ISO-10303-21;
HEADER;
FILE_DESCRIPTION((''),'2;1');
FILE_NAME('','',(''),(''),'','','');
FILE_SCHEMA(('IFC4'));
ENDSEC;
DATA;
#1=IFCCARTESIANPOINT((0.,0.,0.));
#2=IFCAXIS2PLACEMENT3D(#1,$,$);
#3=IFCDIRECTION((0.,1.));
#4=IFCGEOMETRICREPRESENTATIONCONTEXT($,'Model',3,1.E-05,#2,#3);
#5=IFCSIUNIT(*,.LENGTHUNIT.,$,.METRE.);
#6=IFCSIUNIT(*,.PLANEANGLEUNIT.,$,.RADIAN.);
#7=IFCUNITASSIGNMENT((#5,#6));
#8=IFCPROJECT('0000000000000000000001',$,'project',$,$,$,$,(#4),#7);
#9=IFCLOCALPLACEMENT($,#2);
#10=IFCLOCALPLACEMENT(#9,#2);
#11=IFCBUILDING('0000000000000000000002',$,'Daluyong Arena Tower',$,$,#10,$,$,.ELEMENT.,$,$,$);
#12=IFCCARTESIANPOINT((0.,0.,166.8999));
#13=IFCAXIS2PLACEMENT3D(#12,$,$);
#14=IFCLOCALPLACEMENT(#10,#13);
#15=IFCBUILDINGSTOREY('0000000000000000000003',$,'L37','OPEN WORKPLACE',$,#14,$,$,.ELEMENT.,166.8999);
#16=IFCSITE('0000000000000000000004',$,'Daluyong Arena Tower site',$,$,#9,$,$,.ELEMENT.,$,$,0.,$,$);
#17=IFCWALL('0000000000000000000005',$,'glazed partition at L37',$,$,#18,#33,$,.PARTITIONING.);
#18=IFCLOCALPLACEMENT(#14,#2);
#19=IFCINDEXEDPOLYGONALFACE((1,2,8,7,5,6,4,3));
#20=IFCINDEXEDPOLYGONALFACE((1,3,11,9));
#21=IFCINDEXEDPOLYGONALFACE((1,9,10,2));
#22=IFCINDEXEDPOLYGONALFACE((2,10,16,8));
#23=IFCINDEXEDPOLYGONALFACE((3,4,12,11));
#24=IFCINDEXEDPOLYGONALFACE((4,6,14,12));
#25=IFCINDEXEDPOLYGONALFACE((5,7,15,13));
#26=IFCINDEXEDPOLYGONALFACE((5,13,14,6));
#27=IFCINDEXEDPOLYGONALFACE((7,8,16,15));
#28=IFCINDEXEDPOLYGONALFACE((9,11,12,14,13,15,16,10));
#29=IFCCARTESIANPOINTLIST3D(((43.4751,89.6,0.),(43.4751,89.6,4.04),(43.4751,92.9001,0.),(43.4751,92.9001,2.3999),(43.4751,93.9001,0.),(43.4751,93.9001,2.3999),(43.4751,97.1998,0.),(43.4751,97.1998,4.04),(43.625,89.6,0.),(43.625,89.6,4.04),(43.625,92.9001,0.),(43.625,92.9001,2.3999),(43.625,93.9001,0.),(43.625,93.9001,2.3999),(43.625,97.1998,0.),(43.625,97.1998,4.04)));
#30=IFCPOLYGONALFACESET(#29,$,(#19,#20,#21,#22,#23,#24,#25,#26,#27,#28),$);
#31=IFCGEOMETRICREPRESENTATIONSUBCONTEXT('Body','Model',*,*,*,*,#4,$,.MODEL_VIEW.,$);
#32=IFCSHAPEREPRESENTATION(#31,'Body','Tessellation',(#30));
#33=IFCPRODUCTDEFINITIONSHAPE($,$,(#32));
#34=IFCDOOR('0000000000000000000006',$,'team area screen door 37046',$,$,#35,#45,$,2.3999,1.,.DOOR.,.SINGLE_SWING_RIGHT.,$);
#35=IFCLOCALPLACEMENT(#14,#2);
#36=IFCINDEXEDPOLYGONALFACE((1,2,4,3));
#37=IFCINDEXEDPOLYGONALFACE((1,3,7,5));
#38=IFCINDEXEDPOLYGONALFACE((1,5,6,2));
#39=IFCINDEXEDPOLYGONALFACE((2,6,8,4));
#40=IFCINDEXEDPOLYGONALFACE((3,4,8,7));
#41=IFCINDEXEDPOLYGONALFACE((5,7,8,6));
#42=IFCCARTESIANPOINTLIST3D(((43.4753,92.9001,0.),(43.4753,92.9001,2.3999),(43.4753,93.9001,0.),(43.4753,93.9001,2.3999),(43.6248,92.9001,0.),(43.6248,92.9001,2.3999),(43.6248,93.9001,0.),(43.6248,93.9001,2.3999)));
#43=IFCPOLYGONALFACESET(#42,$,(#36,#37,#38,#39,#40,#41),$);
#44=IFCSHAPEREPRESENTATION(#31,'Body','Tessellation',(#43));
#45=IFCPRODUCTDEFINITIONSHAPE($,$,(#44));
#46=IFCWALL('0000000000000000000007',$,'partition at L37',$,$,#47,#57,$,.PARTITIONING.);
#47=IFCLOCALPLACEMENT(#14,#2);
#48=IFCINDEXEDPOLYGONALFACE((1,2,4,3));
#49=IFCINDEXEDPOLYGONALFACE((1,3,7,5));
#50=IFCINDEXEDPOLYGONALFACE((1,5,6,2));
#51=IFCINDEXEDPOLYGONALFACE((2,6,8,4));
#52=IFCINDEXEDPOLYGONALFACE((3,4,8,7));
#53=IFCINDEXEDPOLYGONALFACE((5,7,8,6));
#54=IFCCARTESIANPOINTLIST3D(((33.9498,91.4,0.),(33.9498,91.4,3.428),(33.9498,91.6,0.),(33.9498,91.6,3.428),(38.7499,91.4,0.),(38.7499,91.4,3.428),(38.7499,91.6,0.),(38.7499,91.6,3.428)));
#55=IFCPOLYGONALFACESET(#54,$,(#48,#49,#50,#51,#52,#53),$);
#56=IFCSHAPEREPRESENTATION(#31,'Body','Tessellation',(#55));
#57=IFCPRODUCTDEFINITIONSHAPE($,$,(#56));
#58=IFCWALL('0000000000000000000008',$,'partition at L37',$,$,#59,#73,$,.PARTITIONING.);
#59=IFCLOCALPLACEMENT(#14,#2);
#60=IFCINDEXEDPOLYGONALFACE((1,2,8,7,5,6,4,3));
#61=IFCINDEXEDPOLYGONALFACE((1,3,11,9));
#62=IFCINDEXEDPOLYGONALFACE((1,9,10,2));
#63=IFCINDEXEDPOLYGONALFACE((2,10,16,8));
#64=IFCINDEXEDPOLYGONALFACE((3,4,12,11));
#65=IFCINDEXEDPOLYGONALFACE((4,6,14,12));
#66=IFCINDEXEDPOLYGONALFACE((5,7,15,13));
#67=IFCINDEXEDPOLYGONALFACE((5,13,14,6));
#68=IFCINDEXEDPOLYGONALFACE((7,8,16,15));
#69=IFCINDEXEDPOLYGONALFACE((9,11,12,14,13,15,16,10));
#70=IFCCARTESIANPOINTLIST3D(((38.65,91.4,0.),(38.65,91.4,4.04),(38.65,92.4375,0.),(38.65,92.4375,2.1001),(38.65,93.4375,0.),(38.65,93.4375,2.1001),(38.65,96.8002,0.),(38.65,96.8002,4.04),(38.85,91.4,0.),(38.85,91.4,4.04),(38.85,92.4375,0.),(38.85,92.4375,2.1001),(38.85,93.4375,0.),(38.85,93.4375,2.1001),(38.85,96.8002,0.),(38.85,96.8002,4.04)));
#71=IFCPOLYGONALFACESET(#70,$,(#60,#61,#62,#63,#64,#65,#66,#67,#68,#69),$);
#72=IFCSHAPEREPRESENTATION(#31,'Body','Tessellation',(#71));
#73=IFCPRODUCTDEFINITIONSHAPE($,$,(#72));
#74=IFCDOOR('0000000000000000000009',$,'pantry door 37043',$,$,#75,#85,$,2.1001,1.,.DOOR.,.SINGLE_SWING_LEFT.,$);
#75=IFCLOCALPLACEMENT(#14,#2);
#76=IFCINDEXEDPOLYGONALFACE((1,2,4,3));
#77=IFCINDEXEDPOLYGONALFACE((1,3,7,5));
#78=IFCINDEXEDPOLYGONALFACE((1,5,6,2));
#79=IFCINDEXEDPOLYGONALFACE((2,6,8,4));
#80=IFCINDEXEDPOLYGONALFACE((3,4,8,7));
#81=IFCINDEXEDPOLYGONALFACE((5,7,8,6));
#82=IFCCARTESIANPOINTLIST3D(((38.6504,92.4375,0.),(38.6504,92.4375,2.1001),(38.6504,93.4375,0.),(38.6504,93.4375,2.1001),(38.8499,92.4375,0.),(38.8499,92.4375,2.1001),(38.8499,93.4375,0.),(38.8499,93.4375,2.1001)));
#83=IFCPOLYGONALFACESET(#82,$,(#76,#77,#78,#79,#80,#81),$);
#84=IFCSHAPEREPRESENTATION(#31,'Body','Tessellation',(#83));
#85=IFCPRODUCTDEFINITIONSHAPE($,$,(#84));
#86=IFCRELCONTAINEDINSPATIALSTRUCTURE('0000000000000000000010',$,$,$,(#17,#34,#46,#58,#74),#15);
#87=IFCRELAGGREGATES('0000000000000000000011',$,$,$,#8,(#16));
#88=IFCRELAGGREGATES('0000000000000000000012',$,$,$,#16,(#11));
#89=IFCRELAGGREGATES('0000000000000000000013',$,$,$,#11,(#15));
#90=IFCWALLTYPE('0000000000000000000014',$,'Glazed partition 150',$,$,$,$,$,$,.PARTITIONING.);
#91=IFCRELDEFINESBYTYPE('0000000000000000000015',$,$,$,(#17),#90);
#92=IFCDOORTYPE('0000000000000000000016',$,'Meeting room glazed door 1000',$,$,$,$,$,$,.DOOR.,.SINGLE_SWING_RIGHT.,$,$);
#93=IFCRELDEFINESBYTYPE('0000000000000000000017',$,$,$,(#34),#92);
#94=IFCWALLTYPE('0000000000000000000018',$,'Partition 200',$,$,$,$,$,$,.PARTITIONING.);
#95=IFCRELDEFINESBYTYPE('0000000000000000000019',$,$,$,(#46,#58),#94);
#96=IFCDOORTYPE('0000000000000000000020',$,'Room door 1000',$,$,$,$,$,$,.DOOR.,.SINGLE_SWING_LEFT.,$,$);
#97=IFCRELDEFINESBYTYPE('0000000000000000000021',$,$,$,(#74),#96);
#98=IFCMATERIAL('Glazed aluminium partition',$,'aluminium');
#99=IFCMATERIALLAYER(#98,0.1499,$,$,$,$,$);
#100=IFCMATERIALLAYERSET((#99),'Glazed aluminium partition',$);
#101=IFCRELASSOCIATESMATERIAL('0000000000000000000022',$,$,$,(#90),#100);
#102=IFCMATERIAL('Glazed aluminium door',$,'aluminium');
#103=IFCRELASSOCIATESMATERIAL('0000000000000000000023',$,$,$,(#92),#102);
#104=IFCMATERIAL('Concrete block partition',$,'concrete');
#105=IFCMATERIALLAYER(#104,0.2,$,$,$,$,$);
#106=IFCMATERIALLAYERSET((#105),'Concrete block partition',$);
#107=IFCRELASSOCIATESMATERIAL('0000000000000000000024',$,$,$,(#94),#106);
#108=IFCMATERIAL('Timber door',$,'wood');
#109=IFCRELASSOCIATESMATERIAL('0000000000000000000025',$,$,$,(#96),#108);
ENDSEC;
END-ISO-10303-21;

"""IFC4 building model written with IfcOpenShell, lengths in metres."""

from ifc_helpers import new_model, si_unit, direction, frame, frame_2d, origin, place, context, subcontext, project, spatial, rectangle, extrude, material, layer, layer_set, type_object, element, fill, save


model = new_model("IFC4")

# Units and contexts
model_context = context("Model", 3, precision=1e-05, world=origin(), true_north=direction((0.0, 1.0)))
body_context = subcontext(model_context, "Body", "Model", "MODEL_VIEW")
ifc_project = project(units=[si_unit("LENGTHUNIT", "METRE"), si_unit("PLANEANGLEUNIT", "RADIAN")], contexts=[model_context])

# Site, building, storey
site_placement = place(None, origin())
site = spatial("IfcSite", under=ifc_project, at=site_placement, Name="Daluyong Arena Tower site", CompositionType="ELEMENT", RefElevation=0.0)
building_placement = place(site_placement, origin())
building = spatial("IfcBuilding", under=site, at=building_placement, Name="Daluyong Arena Tower", CompositionType="ELEMENT")
storey_placement = place(building_placement, frame((0.0, 0.0, 166.8999)))
storey = spatial("IfcBuildingStorey", under=building, at=storey_placement, Name="L37", Description="OPEN WORKPLACE", CompositionType="ELEMENT", Elevation=166.8999)

# Wall, opening, door
ifc_material_1 = material(Name="Glazed aluminium partition", Category="aluminium")
ifc_layer_1 = layer(ifc_material_1, 0.1499)
ifc_layer_set_1 = layer_set([ifc_layer_1], Name="Glazed aluminium partition")
wall_type_1 = type_object("IfcWallType", Name="Glazed partition 150", PredefinedType="PARTITIONING", material=ifc_layer_set_1)
wall_1_placement = place(storey_placement, frame((43.55, 89.6001, 0.0), z_axis=(0.0, 0.0, 1.0), x_axis=(0.0, 1.0, 0.0)))
wall_1 = element("IfcWall", 1, at=wall_1_placement, inside=storey, type_object=wall_type_1, Name="glazed partition at L37", PredefinedType="PARTITIONING", context=body_context, shape_type="SweptSolid", body=[
    extrude(rectangle(XDim=7.5999, YDim=0.1499, at=frame_2d((3.7998, 0.0))), origin(), (0.0, 0.0, 1.0), 4.04),
])
opening_1_placement = place(wall_1_placement, frame((3.3, 0.0, 0.0)))
opening_1 = element("IfcOpeningElement", 2, at=opening_1_placement, cuts=wall_1, PredefinedType="OPENING", context=body_context, shape_type="SweptSolid", body=[
    extrude(rectangle(XDim=1.0, YDim=2.3999, at=frame_2d((0.5, 1.2))), frame((0.0, 0.085, 0.0), z_axis=(0.0, -1.0, 0.0), x_axis=(1.0, 0.0, 0.0)), (0.0, 0.0, 1.0), 0.1699),
])
ifc_material_2 = material(Name="Glazed aluminium door", Category="aluminium")
door_type_1 = type_object("IfcDoorType", Name="Meeting room glazed door 1000", OperationType="SINGLE_SWING_RIGHT", PredefinedType="DOOR", material=ifc_material_2)
door_1_placement = place(opening_1_placement, origin())
door_1 = element("IfcDoor", 3, at=door_1_placement, inside=storey, type_object=door_type_1, Name="team area screen door 37046", OperationType="SINGLE_SWING_RIGHT", OverallHeight=2.3999, OverallWidth=1.0, PredefinedType="DOOR", context=body_context, shape_type="SweptSolid", body=[
    extrude(rectangle(XDim=1.0, YDim=2.3999, at=frame_2d((0.5, 1.2))), frame((0.0, 0.0747, 0.0), z_axis=(0.0, -1.0, 0.0), x_axis=(1.0, 0.0, 0.0)), (0.0, 0.0, 1.0), 0.1494),
])
fill(opening_1, door_1)

# Wall
ifc_material_3 = material(Name="Concrete block partition", Category="concrete")
ifc_layer_2 = layer(ifc_material_3, 0.2)
ifc_layer_set_2 = layer_set([ifc_layer_2], Name="Concrete block partition")
wall_type_2 = type_object("IfcWallType", Name="Partition 200", PredefinedType="PARTITIONING", material=ifc_layer_set_2)
wall_2_placement = place(storey_placement, frame((33.95, 91.5, 0.0), z_axis=(0.0, 0.0, 1.0), x_axis=(1.0, 0.0, 0.0)))
element("IfcWall", 4, at=wall_2_placement, inside=storey, type_object=wall_type_2, Name="partition at L37", PredefinedType="PARTITIONING", context=body_context, shape_type="SweptSolid", body=[
    extrude(rectangle(XDim=4.8, YDim=0.2, at=frame_2d((2.3999, 0.0))), origin(), (0.0, 0.0, 1.0), 3.428),
])

# Wall, opening, door
wall_3_placement = place(storey_placement, frame((38.75, 91.3999, 0.0), z_axis=(0.0, 0.0, 1.0), x_axis=(0.0, 1.0, 0.0)))
wall_3 = element("IfcWall", 5, at=wall_3_placement, inside=storey, type_object=wall_type_2, Name="partition at L37", PredefinedType="PARTITIONING", context=body_context, shape_type="SweptSolid", body=[
    extrude(rectangle(XDim=5.4001, YDim=0.2, at=frame_2d((2.7002, 0.0))), origin(), (0.0, 0.0, 1.0), 4.04),
])
opening_2_placement = place(wall_3_placement, frame((1.0376, 0.0, 0.0)))
opening_2 = element("IfcOpeningElement", 6, at=opening_2_placement, cuts=wall_3, PredefinedType="OPENING", context=body_context, shape_type="SweptSolid", body=[
    extrude(rectangle(XDim=1.0, YDim=2.1001, at=frame_2d((0.5, 1.05))), frame((0.0, 0.1099, 0.0), z_axis=(0.0, -1.0, 0.0), x_axis=(1.0, 0.0, 0.0)), (0.0, 0.0, 1.0), 0.22),
])
ifc_material_4 = material(Name="Timber door", Category="wood")
door_type_2 = type_object("IfcDoorType", Name="Room door 1000", OperationType="SINGLE_SWING_LEFT", PredefinedType="DOOR", material=ifc_material_4)
door_2_placement = place(opening_2_placement, origin())
door_2 = element("IfcDoor", 7, at=door_2_placement, inside=storey, type_object=door_type_2, Name="pantry door 37043", OperationType="SINGLE_SWING_LEFT", OverallHeight=2.1001, OverallWidth=1.0, PredefinedType="DOOR", context=body_context, shape_type="SweptSolid", body=[
    extrude(rectangle(XDim=1.0, YDim=2.1001, at=frame_2d((0.5, 1.05))), frame((0.0, 0.0996, 0.0), z_axis=(0.0, -1.0, 0.0), x_axis=(1.0, 0.0, 0.0)), (0.0, 0.0, 1.0), 0.1995),
])
fill(opening_2, door_2)

save(model, "model.ifc")
